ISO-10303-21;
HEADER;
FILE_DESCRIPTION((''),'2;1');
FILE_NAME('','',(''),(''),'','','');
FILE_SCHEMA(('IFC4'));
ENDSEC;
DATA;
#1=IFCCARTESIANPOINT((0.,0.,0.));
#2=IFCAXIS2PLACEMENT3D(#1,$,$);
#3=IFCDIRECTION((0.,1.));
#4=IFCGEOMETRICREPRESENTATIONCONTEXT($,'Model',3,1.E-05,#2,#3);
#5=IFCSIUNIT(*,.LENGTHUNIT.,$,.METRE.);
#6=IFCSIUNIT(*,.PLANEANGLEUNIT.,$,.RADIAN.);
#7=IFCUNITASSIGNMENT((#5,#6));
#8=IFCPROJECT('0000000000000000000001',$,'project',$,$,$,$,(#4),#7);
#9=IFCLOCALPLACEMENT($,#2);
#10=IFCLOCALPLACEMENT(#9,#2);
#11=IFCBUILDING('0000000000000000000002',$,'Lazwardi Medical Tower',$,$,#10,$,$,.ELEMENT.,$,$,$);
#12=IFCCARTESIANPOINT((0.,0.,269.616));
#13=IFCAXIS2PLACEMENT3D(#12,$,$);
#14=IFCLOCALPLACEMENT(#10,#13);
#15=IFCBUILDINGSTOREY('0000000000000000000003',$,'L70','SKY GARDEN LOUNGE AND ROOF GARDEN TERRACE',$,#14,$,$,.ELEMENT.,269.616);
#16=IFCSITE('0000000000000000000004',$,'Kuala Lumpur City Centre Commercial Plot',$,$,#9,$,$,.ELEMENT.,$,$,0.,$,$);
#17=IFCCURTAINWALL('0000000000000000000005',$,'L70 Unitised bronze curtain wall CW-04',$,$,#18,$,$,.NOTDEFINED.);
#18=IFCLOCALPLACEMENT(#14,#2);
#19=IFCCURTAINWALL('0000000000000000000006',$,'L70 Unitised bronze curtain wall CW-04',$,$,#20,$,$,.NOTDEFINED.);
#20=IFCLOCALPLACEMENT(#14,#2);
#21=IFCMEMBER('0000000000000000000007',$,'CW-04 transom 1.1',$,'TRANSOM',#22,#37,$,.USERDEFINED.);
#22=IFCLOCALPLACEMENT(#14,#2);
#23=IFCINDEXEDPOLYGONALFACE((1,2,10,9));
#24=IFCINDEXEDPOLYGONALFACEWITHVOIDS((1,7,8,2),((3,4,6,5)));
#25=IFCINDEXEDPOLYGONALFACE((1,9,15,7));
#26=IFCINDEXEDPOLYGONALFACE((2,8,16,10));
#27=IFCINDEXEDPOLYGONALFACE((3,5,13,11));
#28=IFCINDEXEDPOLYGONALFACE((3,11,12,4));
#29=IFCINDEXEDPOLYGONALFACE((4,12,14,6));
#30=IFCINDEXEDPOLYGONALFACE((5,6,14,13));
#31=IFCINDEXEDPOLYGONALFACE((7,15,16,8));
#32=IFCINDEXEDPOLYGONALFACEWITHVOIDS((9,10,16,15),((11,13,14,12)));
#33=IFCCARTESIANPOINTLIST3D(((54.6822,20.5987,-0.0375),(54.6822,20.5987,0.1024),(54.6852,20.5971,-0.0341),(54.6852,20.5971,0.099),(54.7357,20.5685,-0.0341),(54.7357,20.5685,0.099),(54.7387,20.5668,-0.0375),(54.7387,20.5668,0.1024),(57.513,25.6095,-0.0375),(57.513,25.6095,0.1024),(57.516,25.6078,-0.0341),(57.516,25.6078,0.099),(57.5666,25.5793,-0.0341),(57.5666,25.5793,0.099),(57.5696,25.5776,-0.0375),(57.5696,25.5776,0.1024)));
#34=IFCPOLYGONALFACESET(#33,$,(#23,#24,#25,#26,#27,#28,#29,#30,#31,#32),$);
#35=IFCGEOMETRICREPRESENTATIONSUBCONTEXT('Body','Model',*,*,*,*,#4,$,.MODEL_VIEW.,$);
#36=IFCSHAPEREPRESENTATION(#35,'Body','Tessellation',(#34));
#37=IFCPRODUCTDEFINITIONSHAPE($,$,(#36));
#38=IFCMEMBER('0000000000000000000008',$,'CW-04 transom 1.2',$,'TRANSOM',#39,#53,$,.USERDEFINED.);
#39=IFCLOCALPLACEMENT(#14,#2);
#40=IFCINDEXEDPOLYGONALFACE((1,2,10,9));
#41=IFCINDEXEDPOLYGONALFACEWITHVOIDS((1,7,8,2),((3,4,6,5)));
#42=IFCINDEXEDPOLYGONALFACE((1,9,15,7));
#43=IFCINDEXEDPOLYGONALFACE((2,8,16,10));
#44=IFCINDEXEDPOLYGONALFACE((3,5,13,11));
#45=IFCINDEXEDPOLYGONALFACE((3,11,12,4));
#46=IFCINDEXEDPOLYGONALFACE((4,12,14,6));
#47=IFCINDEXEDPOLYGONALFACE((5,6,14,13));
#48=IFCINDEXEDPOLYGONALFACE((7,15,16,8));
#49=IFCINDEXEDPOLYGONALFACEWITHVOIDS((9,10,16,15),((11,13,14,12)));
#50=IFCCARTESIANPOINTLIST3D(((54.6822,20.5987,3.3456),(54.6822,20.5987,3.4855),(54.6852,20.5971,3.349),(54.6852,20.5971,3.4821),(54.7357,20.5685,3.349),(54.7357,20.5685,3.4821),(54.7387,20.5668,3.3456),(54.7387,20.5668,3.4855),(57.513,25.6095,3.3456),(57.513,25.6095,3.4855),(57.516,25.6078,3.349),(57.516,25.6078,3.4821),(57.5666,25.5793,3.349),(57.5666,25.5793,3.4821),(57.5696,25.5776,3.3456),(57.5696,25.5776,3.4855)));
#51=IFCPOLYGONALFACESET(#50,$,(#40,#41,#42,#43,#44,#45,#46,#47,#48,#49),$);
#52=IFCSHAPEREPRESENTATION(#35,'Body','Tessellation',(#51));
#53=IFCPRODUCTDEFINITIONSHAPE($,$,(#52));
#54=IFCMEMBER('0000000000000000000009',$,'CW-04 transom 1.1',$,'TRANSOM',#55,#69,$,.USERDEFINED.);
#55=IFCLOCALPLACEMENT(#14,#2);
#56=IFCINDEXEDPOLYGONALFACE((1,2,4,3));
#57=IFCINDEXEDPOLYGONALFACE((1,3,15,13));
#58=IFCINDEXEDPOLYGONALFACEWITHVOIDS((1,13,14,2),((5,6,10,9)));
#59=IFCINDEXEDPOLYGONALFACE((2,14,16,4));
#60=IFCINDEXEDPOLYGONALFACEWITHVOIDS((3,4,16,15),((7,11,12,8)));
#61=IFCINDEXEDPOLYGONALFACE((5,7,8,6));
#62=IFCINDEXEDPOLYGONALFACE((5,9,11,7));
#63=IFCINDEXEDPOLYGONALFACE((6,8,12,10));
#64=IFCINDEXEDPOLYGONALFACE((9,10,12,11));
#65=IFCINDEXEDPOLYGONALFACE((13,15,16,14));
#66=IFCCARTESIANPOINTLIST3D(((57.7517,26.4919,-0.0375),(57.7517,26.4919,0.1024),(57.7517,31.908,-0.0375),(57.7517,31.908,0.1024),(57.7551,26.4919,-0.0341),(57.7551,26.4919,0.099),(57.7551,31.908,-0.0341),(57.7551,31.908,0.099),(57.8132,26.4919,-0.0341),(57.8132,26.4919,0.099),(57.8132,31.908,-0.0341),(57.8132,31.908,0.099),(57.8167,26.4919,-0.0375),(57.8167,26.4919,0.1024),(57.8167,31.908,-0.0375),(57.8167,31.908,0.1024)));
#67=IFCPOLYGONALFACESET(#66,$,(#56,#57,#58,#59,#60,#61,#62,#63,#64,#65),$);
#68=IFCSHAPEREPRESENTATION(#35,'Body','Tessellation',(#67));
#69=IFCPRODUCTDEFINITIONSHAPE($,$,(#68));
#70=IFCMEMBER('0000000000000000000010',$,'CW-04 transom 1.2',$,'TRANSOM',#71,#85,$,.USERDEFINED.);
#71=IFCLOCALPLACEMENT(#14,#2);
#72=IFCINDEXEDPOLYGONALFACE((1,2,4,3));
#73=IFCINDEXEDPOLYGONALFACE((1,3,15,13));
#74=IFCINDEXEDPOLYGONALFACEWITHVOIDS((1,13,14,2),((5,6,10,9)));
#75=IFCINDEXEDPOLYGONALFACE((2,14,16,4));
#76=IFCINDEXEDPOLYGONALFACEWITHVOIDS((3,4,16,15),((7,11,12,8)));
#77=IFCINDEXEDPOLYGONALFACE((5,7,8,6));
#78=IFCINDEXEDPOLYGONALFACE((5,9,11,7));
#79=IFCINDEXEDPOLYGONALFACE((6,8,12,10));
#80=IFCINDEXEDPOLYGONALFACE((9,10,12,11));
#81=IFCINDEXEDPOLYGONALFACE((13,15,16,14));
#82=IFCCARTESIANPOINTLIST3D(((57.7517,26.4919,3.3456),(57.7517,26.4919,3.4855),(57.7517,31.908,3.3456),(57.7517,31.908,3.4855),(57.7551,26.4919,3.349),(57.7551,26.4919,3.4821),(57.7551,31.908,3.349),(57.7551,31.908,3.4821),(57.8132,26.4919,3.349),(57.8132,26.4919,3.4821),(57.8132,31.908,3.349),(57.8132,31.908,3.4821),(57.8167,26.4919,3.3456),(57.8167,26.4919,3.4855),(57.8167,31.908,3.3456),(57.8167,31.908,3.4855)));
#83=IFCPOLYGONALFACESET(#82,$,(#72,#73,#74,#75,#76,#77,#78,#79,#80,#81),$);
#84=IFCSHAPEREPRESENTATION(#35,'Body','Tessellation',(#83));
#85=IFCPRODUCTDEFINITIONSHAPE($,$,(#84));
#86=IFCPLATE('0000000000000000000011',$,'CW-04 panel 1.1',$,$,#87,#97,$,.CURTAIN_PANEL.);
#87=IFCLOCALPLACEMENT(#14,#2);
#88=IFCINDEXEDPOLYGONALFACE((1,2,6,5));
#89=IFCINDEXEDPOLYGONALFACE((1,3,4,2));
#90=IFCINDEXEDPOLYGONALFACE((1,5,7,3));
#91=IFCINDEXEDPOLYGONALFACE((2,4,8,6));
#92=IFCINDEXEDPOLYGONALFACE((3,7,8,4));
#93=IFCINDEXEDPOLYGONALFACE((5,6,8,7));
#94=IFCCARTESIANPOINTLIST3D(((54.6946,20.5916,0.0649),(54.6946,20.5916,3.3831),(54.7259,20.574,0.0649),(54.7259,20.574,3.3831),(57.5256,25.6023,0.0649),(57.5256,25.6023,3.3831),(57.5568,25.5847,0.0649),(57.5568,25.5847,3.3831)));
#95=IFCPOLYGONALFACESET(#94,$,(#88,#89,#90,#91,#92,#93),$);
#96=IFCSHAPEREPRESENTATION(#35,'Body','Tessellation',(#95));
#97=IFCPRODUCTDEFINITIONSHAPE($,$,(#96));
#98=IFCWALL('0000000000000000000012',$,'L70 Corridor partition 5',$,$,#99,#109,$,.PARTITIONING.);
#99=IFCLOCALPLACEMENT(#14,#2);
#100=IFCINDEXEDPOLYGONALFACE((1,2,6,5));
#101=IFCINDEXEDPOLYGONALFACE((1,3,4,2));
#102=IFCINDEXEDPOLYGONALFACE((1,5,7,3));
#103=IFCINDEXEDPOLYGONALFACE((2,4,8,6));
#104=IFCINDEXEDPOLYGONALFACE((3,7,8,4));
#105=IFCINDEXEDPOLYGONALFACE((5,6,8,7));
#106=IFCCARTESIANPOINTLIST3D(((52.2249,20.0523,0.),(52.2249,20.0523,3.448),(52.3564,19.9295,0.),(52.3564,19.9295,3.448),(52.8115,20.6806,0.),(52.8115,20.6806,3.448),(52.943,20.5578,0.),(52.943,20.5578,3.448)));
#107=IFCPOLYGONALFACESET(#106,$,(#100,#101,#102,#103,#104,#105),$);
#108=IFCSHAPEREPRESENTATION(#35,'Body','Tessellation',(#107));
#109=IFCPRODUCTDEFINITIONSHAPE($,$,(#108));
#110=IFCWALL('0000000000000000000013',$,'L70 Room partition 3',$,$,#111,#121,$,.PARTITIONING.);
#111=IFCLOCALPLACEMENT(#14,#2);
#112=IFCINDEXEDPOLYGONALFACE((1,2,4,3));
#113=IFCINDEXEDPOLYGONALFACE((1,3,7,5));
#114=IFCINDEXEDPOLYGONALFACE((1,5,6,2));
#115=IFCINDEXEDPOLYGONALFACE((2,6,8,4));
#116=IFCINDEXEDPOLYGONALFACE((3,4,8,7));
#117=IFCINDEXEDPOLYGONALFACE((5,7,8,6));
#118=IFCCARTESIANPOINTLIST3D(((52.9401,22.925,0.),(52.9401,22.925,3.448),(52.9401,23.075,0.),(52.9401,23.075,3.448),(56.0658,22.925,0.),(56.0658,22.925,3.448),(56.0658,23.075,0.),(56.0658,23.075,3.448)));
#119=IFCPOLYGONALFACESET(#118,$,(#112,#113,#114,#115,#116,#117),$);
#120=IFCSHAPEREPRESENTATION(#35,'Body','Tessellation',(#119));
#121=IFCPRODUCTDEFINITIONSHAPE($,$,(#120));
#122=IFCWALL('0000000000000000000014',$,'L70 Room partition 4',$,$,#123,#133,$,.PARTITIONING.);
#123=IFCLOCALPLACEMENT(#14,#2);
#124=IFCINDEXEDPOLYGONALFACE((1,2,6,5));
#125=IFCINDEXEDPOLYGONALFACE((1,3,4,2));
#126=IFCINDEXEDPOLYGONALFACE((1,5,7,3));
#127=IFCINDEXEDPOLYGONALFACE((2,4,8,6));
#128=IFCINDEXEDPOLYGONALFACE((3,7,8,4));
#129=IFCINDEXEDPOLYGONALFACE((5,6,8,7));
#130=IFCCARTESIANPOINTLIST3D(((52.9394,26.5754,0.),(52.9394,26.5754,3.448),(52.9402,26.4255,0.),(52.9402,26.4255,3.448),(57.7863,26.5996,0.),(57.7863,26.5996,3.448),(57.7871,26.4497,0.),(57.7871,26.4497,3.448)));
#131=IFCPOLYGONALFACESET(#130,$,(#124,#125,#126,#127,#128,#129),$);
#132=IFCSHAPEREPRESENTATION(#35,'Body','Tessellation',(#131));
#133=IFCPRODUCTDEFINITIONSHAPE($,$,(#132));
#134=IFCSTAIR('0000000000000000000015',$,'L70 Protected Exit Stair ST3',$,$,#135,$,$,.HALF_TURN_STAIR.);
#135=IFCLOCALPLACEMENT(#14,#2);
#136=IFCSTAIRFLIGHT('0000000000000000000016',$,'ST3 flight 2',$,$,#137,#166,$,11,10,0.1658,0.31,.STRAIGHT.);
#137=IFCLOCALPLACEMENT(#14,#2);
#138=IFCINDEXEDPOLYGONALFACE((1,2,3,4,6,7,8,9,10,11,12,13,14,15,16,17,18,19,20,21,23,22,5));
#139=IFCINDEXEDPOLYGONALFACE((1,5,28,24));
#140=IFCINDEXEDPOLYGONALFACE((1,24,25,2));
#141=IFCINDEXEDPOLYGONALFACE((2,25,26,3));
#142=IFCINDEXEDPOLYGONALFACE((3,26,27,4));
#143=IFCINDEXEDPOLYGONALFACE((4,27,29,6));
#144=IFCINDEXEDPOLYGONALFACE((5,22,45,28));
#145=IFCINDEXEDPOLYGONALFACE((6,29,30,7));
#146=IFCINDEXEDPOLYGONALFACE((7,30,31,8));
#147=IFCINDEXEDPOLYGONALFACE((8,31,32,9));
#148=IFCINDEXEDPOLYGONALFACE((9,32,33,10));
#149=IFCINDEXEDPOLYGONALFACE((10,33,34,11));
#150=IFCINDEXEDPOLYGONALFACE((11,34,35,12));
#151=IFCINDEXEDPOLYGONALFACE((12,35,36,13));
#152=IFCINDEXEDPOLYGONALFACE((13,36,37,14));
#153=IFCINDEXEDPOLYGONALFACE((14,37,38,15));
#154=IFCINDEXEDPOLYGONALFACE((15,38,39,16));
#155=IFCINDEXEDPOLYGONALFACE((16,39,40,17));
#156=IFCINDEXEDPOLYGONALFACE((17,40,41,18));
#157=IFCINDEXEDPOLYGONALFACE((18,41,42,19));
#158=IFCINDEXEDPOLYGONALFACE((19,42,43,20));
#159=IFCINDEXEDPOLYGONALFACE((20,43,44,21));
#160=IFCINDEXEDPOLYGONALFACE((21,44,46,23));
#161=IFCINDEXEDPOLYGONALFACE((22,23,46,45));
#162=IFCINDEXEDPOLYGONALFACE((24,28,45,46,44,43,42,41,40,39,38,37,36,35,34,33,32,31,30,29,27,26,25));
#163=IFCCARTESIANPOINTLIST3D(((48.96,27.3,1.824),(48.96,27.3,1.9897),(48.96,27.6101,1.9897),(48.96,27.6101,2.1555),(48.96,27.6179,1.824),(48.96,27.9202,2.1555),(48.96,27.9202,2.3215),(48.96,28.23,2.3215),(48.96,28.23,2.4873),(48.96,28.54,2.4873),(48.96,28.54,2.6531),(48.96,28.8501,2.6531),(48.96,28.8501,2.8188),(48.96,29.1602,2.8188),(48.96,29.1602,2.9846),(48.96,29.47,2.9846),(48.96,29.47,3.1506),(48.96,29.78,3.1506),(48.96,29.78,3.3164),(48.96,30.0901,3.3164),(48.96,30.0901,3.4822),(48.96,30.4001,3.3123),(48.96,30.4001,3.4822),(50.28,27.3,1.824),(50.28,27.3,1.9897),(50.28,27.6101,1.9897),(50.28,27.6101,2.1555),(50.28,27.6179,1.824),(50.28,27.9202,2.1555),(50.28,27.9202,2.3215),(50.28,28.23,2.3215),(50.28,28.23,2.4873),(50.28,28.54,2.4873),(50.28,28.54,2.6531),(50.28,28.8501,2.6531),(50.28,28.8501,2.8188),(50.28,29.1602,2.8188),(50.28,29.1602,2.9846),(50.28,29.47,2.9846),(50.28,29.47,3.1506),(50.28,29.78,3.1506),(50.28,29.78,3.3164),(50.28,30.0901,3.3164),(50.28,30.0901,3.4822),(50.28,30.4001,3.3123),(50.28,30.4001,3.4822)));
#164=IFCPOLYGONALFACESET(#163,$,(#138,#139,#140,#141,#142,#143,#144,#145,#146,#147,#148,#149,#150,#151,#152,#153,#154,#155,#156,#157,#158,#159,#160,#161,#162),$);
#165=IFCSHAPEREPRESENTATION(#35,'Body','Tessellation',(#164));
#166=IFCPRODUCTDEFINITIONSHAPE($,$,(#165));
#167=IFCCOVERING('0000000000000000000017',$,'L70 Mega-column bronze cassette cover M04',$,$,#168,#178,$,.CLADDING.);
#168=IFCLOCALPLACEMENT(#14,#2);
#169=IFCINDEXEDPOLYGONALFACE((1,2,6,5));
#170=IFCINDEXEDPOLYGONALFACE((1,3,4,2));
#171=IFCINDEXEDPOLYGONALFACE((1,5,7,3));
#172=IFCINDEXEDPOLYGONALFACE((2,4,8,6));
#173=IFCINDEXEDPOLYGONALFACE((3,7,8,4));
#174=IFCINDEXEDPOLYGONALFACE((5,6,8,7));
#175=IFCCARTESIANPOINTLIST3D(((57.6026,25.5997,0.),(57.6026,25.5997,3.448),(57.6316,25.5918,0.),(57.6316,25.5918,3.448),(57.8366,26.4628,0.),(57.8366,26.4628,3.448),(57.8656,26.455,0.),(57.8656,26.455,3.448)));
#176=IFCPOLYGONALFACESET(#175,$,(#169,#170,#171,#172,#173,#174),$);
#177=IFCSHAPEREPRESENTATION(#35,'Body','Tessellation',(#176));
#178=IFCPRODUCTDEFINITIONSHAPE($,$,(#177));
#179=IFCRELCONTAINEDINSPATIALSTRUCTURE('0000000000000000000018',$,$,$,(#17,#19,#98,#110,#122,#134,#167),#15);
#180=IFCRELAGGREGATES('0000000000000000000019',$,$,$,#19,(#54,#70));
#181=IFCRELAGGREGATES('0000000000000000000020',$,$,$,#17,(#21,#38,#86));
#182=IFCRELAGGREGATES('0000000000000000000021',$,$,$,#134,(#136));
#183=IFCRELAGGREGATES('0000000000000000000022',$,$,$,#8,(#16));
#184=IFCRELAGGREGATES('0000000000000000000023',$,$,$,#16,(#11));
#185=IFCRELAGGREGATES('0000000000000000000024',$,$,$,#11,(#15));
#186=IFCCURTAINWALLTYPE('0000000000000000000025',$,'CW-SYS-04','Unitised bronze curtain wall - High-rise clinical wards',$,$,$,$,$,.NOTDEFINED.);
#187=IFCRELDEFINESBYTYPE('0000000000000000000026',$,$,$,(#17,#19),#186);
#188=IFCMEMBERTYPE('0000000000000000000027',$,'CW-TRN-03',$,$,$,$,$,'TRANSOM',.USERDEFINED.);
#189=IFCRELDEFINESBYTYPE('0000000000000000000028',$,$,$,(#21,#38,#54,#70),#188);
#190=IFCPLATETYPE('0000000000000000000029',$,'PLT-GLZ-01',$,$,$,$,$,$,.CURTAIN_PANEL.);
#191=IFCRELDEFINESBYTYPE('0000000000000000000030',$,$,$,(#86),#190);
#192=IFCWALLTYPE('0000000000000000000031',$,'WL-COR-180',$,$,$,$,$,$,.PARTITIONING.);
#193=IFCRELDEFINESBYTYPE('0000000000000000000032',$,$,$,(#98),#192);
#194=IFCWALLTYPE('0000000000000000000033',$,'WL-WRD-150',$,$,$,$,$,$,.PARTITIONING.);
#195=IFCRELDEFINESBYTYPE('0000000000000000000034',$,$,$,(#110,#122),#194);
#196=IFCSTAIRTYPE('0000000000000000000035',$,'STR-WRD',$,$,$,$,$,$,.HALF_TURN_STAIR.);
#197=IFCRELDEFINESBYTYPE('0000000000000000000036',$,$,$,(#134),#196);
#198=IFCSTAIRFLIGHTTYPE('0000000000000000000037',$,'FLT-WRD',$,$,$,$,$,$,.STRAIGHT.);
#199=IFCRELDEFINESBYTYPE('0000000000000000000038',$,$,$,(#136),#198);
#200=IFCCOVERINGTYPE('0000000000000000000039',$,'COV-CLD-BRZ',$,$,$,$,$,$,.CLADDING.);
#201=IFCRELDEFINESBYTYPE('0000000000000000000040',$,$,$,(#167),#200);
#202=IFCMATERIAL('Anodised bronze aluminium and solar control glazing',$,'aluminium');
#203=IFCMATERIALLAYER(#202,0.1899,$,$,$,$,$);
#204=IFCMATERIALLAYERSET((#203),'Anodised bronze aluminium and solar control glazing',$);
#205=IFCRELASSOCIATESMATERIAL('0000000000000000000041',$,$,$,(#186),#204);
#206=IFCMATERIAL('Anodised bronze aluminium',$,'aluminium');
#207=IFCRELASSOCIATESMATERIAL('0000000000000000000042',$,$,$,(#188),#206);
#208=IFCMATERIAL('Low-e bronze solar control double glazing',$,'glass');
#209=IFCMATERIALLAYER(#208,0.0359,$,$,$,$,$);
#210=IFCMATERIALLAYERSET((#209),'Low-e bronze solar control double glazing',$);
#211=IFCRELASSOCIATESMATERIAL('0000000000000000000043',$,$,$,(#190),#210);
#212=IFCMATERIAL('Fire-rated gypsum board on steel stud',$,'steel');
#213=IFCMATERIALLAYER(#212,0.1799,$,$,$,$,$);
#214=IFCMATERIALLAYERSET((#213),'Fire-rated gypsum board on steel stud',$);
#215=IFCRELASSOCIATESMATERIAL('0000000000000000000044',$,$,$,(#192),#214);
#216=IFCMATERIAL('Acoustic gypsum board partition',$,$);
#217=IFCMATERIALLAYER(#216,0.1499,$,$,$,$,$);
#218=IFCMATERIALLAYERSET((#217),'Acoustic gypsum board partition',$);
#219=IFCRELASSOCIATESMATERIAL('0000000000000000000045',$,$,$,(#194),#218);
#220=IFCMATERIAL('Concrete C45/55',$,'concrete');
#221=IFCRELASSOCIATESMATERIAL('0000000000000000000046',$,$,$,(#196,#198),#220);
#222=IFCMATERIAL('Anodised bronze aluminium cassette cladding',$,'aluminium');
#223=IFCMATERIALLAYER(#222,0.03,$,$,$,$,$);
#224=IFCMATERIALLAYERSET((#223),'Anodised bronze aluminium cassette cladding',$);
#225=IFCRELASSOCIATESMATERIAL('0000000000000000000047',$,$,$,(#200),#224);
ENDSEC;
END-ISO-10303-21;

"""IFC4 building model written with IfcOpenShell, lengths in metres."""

from ifc_helpers import new_model, si_unit, direction, frame, frame_2d, origin, origin_2d, place, context, subcontext, project, spatial, polyline, rectangle, hollow_rectangle, outline, extrude, material, layer, layer_set, material_profile, profile_set, type_object, element, aggregate, save


model = new_model("IFC4")

# Units and contexts
model_context = context("Model", 3, precision=1e-05, world=origin(), true_north=direction((0.0, 1.0)))
body_context = subcontext(model_context, "Body", "Model", "MODEL_VIEW")
ifc_project = project(units=[si_unit("LENGTHUNIT", "METRE"), si_unit("PLANEANGLEUNIT", "RADIAN")], contexts=[model_context])

# Site, building, storey
site_placement = place(None, origin())
site = spatial("IfcSite", under=ifc_project, at=site_placement, Name="Kuala Lumpur City Centre Commercial Plot", CompositionType="ELEMENT", RefElevation=0.0)
building_placement = place(site_placement, origin())
building = spatial("IfcBuilding", under=site, at=building_placement, Name="Lazwardi Medical Tower", CompositionType="ELEMENT")
storey_placement = place(building_placement, frame((0.0, 0.0, 269.616)))
storey = spatial("IfcBuildingStorey", under=building, at=storey_placement, Name="L70", Description="SKY GARDEN LOUNGE AND ROOF GARDEN TERRACE", CompositionType="ELEMENT", Elevation=269.616)

# Curtain wall
ifc_material_1 = material(Name="Anodised bronze aluminium and solar control glazing", Category="aluminium")
ifc_layer_1 = layer(ifc_material_1, 0.1899)
ifc_layer_set_1 = layer_set([ifc_layer_1], Name="Anodised bronze aluminium and solar control glazing")
curtain_wall_type = type_object("IfcCurtainWallType", Name="CW-SYS-04", Description="Unitised bronze curtain wall - High-rise clinical wards", PredefinedType="NOTDEFINED", material=ifc_layer_set_1)
curtain_wall_1_placement = place(storey_placement, origin())
curtain_wall_1 = element("IfcCurtainWall", 1, at=curtain_wall_1_placement, inside=storey, type_object=curtain_wall_type, Name="L70 Unitised bronze curtain wall CW-04", PredefinedType="NOTDEFINED")
ifc_material_2 = material(Name="Anodised bronze aluminium", Category="aluminium")

# Curtain wall
curtain_wall_2_placement = place(storey_placement, origin())
curtain_wall_2 = element("IfcCurtainWall", 2, at=curtain_wall_2_placement, inside=storey, type_object=curtain_wall_type, Name="L70 Unitised bronze curtain wall CW-04", PredefinedType="NOTDEFINED")

# Members
ifc_material_profile_1 = material_profile(ifc_material_2, hollow_rectangle(XDim=0.0649, YDim=0.1399, WallThickness=0.0034, at=origin_2d()), Name="ALU-TRANSOM 140x65x3.5")
ifc_profile_set_1 = profile_set([ifc_material_profile_1], Name="Anodised bronze aluminium")
member_type_1 = type_object("IfcMemberType", Name="CW-TRN-03", ElementType="TRANSOM", PredefinedType="USERDEFINED", material=ifc_profile_set_1)
member_1_placement = place(storey_placement, frame((54.7104, 20.5828, 0.0325), z_axis=(0.49188, 0.870663, 0.0), x_axis=(-0.870663, 0.49188, 0.0)))
member_1 = element("IfcMember", 3, at=member_1_placement, type_object=member_type_1, Name="CW-04 transom 1.1", ObjectType="TRANSOM", PredefinedType="USERDEFINED", context=body_context, shape_type="SweptSolid", body=[
    extrude(hollow_rectangle(XDim=0.0649, YDim=0.1399, WallThickness=0.0034, at=origin_2d()), origin(), (0.0, 0.0, 1.0), 5.7551),
])
member_2_placement = place(storey_placement, frame((54.7104, 20.5828, 3.4155), z_axis=(0.49188, 0.870663, 0.0), x_axis=(-0.870663, 0.49188, 0.0)))
member_2 = element("IfcMember", 4, at=member_2_placement, type_object=member_type_1, Name="CW-04 transom 1.2", ObjectType="TRANSOM", PredefinedType="USERDEFINED", context=body_context, shape_type="SweptSolid", body=[
    extrude(hollow_rectangle(XDim=0.0649, YDim=0.1399, WallThickness=0.0034, at=origin_2d()), origin(), (0.0, 0.0, 1.0), 5.7551),
])
member_3_placement = place(storey_placement, frame((57.7842, 26.4919, 0.0325), z_axis=(0.0, 1.0, 0.0), x_axis=(-1.0, 0.0, 0.0)))
member_3 = element("IfcMember", 5, at=member_3_placement, type_object=member_type_1, Name="CW-04 transom 1.1", ObjectType="TRANSOM", PredefinedType="USERDEFINED", context=body_context, shape_type="SweptSolid", body=[
    extrude(hollow_rectangle(XDim=0.0649, YDim=0.1399, WallThickness=0.0034, at=origin_2d()), origin(), (0.0, 0.0, 1.0), 5.416),
])
member_4_placement = place(storey_placement, frame((57.7842, 26.4919, 3.4155), z_axis=(0.0, 1.0, 0.0), x_axis=(-1.0, 0.0, 0.0)))
member_4 = element("IfcMember", 6, at=member_4_placement, type_object=member_type_1, Name="CW-04 transom 1.2", ObjectType="TRANSOM", PredefinedType="USERDEFINED", context=body_context, shape_type="SweptSolid", body=[
    extrude(hollow_rectangle(XDim=0.0649, YDim=0.1399, WallThickness=0.0034, at=origin_2d()), origin(), (0.0, 0.0, 1.0), 5.416),
])
aggregate(curtain_wall_2, [member_3, member_4])

# Plate
ifc_material_3 = material(Name="Low-e bronze solar control double glazing", Category="glass")
ifc_layer_2 = layer(ifc_material_3, 0.0359)
ifc_layer_set_2 = layer_set([ifc_layer_2], Name="Low-e bronze solar control double glazing")
plate_type = type_object("IfcPlateType", Name="PLT-GLZ-01", PredefinedType="CURTAIN_PANEL", material=ifc_layer_set_2)
plate_placement = place(storey_placement, frame((56.1257, 23.0881, 0.0649), z_axis=(0.0, 0.0, 1.0), x_axis=(0.4919, 0.870651, 0.0)))
plate = element("IfcPlate", 7, at=plate_placement, type_object=plate_type, Name="CW-04 panel 1.1", PredefinedType="CURTAIN_PANEL", context=body_context, shape_type="SweptSolid", body=[
    extrude(rectangle(XDim=5.7551, YDim=0.0359, at=origin_2d()), origin(), (0.0, 0.0, 1.0), 3.3181),
])
aggregate(curtain_wall_1, [member_1, member_2, plate])

# Walls
ifc_material_4 = material(Name="Fire-rated gypsum board on steel stud", Category="steel")
ifc_layer_3 = layer(ifc_material_4, 0.1799)
ifc_layer_set_3 = layer_set([ifc_layer_3], Name="Fire-rated gypsum board on steel stud")
wall_type_1 = type_object("IfcWallType", Name="WL-COR-180", PredefinedType="PARTITIONING", material=ifc_layer_set_3)
wall_1_placement = place(storey_placement, frame((52.8772, 20.6191, 0.0), z_axis=(0.0, 0.0, 1.0), x_axis=(-0.682409, -0.73097, 0.0)))
element("IfcWall", 8, at=wall_1_placement, inside=storey, type_object=wall_type_1, Name="L70 Corridor partition 5", PredefinedType="PARTITIONING", context=body_context, shape_type="SweptSolid", body=[
    extrude(rectangle(XDim=0.8596, YDim=0.1799, at=frame_2d((0.4297, 0.0))), origin(), (0.0, 0.0, 1.0), 3.448),
])
ifc_material_5 = material(Name="Acoustic gypsum board partition")
ifc_layer_4 = layer(ifc_material_5, 0.1499)
ifc_layer_set_4 = layer_set([ifc_layer_4], Name="Acoustic gypsum board partition")
wall_type_2 = type_object("IfcWallType", Name="WL-WRD-150", PredefinedType="PARTITIONING", material=ifc_layer_set_4)
wall_2_placement = place(storey_placement, frame((52.9399, 23.0, 0.0), z_axis=(0.0, 0.0, 1.0), x_axis=(1.0, 0.0, 0.0)))
element("IfcWall", 9, at=wall_2_placement, inside=storey, type_object=wall_type_2, Name="L70 Room partition 3", PredefinedType="PARTITIONING", context=body_context, shape_type="SweptSolid", body=[
    extrude(rectangle(XDim=3.1257, YDim=0.1499, at=frame_2d((1.563, 0.0))), origin(), (0.0, 0.0, 1.0), 3.448),
])
wall_3_placement = place(storey_placement, frame((52.9399, 26.5005, 0.0), z_axis=(0.0, 0.0, 1.0), x_axis=(0.999988, 0.004987, 0.0)))
element("IfcWall", 10, at=wall_3_placement, inside=storey, type_object=wall_type_2, Name="L70 Room partition 4", PredefinedType="PARTITIONING", context=body_context, shape_type="SweptSolid", body=[
    extrude(rectangle(XDim=4.8469, YDim=0.1499, at=frame_2d((2.4233, 0.0))), origin(), (0.0, 0.0, 1.0), 3.448),
])

# Stair, stair flight
ifc_material_6 = material(Name="Concrete C45/55", Category="concrete")
stair_type = type_object("IfcStairType", Name="STR-WRD", PredefinedType="HALF_TURN_STAIR", material=ifc_material_6)
stair_placement = place(storey_placement, origin())
stair = element("IfcStair", 11, at=stair_placement, inside=storey, type_object=stair_type, Name="L70 Protected Exit Stair ST3", PredefinedType="HALF_TURN_STAIR")
stair_flight_type = type_object("IfcStairFlightType", Name="FLT-WRD", PredefinedType="STRAIGHT", material=ifc_material_6)
stair_flight_placement = place(storey_placement, frame((49.6201, 27.3, 1.824), z_axis=(0.0, 0.0, 1.0), x_axis=(0.0, 1.0, 0.0)))
stair_flight = element("IfcStairFlight", 12, at=stair_flight_placement, type_object=stair_flight_type, Name="ST3 flight 2", NumberOfRisers=11, NumberOfTreads=10, PredefinedType="STRAIGHT", RiserHeight=0.1658, TreadLength=0.31, context=body_context, shape_type="SweptSolid", body=[
    extrude(outline(polyline([(0.0, 0.0), (0.0, 0.1658), (0.3101, 0.1658), (0.3101, 0.3315), (0.6201, 0.3315), (0.6201, 0.4976), (0.9299, 0.4976), (0.9299, 0.6633), (1.24, 0.6633), (1.24, 0.8291), (1.55, 0.8291), (1.55, 0.9949), (1.8601, 0.9949), (1.8601, 1.1606), (2.1699, 1.1606), (2.1699, 1.3267), (2.48, 1.3267), (2.48, 1.4924), (2.79, 1.4924), (2.79, 1.6582), (3.1001, 1.6582), (3.1001, 1.824), (3.1001, 1.4883), (0.3179, 0.0), (0.0, 0.0)])), frame((0.0, 0.6602, 0.0), z_axis=(0.0, -1.0, 0.0), x_axis=(1.0, 0.0, 0.0)), (0.0, 0.0, 1.0), 1.3201),
])
aggregate(stair, [stair_flight])

# Covering
ifc_material_7 = material(Name="Anodised bronze aluminium cassette cladding", Category="aluminium")
ifc_layer_5 = layer(ifc_material_7, 0.03)
ifc_layer_set_5 = layer_set([ifc_layer_5], Name="Anodised bronze aluminium cassette cladding")
covering_type = type_object("IfcCoveringType", Name="COV-CLD-BRZ", PredefinedType="CLADDING", material=ifc_layer_set_5)
covering_placement = place(storey_placement, frame((57.7341, 26.0273, 0.0), z_axis=(0.0, 0.0, 1.0), x_axis=(0.261642, 0.965165, 0.0)))
element("IfcCovering", 13, at=covering_placement, inside=storey, type_object=covering_type, Name="L70 Mega-column bronze cassette cover M04", PredefinedType="CLADDING", context=body_context, shape_type="SweptSolid", body=[
    extrude(rectangle(XDim=0.8943, YDim=0.03, at=origin_2d()), origin(), (0.0, 0.0, 1.0), 3.448),
])

save(model, "model.ifc")
